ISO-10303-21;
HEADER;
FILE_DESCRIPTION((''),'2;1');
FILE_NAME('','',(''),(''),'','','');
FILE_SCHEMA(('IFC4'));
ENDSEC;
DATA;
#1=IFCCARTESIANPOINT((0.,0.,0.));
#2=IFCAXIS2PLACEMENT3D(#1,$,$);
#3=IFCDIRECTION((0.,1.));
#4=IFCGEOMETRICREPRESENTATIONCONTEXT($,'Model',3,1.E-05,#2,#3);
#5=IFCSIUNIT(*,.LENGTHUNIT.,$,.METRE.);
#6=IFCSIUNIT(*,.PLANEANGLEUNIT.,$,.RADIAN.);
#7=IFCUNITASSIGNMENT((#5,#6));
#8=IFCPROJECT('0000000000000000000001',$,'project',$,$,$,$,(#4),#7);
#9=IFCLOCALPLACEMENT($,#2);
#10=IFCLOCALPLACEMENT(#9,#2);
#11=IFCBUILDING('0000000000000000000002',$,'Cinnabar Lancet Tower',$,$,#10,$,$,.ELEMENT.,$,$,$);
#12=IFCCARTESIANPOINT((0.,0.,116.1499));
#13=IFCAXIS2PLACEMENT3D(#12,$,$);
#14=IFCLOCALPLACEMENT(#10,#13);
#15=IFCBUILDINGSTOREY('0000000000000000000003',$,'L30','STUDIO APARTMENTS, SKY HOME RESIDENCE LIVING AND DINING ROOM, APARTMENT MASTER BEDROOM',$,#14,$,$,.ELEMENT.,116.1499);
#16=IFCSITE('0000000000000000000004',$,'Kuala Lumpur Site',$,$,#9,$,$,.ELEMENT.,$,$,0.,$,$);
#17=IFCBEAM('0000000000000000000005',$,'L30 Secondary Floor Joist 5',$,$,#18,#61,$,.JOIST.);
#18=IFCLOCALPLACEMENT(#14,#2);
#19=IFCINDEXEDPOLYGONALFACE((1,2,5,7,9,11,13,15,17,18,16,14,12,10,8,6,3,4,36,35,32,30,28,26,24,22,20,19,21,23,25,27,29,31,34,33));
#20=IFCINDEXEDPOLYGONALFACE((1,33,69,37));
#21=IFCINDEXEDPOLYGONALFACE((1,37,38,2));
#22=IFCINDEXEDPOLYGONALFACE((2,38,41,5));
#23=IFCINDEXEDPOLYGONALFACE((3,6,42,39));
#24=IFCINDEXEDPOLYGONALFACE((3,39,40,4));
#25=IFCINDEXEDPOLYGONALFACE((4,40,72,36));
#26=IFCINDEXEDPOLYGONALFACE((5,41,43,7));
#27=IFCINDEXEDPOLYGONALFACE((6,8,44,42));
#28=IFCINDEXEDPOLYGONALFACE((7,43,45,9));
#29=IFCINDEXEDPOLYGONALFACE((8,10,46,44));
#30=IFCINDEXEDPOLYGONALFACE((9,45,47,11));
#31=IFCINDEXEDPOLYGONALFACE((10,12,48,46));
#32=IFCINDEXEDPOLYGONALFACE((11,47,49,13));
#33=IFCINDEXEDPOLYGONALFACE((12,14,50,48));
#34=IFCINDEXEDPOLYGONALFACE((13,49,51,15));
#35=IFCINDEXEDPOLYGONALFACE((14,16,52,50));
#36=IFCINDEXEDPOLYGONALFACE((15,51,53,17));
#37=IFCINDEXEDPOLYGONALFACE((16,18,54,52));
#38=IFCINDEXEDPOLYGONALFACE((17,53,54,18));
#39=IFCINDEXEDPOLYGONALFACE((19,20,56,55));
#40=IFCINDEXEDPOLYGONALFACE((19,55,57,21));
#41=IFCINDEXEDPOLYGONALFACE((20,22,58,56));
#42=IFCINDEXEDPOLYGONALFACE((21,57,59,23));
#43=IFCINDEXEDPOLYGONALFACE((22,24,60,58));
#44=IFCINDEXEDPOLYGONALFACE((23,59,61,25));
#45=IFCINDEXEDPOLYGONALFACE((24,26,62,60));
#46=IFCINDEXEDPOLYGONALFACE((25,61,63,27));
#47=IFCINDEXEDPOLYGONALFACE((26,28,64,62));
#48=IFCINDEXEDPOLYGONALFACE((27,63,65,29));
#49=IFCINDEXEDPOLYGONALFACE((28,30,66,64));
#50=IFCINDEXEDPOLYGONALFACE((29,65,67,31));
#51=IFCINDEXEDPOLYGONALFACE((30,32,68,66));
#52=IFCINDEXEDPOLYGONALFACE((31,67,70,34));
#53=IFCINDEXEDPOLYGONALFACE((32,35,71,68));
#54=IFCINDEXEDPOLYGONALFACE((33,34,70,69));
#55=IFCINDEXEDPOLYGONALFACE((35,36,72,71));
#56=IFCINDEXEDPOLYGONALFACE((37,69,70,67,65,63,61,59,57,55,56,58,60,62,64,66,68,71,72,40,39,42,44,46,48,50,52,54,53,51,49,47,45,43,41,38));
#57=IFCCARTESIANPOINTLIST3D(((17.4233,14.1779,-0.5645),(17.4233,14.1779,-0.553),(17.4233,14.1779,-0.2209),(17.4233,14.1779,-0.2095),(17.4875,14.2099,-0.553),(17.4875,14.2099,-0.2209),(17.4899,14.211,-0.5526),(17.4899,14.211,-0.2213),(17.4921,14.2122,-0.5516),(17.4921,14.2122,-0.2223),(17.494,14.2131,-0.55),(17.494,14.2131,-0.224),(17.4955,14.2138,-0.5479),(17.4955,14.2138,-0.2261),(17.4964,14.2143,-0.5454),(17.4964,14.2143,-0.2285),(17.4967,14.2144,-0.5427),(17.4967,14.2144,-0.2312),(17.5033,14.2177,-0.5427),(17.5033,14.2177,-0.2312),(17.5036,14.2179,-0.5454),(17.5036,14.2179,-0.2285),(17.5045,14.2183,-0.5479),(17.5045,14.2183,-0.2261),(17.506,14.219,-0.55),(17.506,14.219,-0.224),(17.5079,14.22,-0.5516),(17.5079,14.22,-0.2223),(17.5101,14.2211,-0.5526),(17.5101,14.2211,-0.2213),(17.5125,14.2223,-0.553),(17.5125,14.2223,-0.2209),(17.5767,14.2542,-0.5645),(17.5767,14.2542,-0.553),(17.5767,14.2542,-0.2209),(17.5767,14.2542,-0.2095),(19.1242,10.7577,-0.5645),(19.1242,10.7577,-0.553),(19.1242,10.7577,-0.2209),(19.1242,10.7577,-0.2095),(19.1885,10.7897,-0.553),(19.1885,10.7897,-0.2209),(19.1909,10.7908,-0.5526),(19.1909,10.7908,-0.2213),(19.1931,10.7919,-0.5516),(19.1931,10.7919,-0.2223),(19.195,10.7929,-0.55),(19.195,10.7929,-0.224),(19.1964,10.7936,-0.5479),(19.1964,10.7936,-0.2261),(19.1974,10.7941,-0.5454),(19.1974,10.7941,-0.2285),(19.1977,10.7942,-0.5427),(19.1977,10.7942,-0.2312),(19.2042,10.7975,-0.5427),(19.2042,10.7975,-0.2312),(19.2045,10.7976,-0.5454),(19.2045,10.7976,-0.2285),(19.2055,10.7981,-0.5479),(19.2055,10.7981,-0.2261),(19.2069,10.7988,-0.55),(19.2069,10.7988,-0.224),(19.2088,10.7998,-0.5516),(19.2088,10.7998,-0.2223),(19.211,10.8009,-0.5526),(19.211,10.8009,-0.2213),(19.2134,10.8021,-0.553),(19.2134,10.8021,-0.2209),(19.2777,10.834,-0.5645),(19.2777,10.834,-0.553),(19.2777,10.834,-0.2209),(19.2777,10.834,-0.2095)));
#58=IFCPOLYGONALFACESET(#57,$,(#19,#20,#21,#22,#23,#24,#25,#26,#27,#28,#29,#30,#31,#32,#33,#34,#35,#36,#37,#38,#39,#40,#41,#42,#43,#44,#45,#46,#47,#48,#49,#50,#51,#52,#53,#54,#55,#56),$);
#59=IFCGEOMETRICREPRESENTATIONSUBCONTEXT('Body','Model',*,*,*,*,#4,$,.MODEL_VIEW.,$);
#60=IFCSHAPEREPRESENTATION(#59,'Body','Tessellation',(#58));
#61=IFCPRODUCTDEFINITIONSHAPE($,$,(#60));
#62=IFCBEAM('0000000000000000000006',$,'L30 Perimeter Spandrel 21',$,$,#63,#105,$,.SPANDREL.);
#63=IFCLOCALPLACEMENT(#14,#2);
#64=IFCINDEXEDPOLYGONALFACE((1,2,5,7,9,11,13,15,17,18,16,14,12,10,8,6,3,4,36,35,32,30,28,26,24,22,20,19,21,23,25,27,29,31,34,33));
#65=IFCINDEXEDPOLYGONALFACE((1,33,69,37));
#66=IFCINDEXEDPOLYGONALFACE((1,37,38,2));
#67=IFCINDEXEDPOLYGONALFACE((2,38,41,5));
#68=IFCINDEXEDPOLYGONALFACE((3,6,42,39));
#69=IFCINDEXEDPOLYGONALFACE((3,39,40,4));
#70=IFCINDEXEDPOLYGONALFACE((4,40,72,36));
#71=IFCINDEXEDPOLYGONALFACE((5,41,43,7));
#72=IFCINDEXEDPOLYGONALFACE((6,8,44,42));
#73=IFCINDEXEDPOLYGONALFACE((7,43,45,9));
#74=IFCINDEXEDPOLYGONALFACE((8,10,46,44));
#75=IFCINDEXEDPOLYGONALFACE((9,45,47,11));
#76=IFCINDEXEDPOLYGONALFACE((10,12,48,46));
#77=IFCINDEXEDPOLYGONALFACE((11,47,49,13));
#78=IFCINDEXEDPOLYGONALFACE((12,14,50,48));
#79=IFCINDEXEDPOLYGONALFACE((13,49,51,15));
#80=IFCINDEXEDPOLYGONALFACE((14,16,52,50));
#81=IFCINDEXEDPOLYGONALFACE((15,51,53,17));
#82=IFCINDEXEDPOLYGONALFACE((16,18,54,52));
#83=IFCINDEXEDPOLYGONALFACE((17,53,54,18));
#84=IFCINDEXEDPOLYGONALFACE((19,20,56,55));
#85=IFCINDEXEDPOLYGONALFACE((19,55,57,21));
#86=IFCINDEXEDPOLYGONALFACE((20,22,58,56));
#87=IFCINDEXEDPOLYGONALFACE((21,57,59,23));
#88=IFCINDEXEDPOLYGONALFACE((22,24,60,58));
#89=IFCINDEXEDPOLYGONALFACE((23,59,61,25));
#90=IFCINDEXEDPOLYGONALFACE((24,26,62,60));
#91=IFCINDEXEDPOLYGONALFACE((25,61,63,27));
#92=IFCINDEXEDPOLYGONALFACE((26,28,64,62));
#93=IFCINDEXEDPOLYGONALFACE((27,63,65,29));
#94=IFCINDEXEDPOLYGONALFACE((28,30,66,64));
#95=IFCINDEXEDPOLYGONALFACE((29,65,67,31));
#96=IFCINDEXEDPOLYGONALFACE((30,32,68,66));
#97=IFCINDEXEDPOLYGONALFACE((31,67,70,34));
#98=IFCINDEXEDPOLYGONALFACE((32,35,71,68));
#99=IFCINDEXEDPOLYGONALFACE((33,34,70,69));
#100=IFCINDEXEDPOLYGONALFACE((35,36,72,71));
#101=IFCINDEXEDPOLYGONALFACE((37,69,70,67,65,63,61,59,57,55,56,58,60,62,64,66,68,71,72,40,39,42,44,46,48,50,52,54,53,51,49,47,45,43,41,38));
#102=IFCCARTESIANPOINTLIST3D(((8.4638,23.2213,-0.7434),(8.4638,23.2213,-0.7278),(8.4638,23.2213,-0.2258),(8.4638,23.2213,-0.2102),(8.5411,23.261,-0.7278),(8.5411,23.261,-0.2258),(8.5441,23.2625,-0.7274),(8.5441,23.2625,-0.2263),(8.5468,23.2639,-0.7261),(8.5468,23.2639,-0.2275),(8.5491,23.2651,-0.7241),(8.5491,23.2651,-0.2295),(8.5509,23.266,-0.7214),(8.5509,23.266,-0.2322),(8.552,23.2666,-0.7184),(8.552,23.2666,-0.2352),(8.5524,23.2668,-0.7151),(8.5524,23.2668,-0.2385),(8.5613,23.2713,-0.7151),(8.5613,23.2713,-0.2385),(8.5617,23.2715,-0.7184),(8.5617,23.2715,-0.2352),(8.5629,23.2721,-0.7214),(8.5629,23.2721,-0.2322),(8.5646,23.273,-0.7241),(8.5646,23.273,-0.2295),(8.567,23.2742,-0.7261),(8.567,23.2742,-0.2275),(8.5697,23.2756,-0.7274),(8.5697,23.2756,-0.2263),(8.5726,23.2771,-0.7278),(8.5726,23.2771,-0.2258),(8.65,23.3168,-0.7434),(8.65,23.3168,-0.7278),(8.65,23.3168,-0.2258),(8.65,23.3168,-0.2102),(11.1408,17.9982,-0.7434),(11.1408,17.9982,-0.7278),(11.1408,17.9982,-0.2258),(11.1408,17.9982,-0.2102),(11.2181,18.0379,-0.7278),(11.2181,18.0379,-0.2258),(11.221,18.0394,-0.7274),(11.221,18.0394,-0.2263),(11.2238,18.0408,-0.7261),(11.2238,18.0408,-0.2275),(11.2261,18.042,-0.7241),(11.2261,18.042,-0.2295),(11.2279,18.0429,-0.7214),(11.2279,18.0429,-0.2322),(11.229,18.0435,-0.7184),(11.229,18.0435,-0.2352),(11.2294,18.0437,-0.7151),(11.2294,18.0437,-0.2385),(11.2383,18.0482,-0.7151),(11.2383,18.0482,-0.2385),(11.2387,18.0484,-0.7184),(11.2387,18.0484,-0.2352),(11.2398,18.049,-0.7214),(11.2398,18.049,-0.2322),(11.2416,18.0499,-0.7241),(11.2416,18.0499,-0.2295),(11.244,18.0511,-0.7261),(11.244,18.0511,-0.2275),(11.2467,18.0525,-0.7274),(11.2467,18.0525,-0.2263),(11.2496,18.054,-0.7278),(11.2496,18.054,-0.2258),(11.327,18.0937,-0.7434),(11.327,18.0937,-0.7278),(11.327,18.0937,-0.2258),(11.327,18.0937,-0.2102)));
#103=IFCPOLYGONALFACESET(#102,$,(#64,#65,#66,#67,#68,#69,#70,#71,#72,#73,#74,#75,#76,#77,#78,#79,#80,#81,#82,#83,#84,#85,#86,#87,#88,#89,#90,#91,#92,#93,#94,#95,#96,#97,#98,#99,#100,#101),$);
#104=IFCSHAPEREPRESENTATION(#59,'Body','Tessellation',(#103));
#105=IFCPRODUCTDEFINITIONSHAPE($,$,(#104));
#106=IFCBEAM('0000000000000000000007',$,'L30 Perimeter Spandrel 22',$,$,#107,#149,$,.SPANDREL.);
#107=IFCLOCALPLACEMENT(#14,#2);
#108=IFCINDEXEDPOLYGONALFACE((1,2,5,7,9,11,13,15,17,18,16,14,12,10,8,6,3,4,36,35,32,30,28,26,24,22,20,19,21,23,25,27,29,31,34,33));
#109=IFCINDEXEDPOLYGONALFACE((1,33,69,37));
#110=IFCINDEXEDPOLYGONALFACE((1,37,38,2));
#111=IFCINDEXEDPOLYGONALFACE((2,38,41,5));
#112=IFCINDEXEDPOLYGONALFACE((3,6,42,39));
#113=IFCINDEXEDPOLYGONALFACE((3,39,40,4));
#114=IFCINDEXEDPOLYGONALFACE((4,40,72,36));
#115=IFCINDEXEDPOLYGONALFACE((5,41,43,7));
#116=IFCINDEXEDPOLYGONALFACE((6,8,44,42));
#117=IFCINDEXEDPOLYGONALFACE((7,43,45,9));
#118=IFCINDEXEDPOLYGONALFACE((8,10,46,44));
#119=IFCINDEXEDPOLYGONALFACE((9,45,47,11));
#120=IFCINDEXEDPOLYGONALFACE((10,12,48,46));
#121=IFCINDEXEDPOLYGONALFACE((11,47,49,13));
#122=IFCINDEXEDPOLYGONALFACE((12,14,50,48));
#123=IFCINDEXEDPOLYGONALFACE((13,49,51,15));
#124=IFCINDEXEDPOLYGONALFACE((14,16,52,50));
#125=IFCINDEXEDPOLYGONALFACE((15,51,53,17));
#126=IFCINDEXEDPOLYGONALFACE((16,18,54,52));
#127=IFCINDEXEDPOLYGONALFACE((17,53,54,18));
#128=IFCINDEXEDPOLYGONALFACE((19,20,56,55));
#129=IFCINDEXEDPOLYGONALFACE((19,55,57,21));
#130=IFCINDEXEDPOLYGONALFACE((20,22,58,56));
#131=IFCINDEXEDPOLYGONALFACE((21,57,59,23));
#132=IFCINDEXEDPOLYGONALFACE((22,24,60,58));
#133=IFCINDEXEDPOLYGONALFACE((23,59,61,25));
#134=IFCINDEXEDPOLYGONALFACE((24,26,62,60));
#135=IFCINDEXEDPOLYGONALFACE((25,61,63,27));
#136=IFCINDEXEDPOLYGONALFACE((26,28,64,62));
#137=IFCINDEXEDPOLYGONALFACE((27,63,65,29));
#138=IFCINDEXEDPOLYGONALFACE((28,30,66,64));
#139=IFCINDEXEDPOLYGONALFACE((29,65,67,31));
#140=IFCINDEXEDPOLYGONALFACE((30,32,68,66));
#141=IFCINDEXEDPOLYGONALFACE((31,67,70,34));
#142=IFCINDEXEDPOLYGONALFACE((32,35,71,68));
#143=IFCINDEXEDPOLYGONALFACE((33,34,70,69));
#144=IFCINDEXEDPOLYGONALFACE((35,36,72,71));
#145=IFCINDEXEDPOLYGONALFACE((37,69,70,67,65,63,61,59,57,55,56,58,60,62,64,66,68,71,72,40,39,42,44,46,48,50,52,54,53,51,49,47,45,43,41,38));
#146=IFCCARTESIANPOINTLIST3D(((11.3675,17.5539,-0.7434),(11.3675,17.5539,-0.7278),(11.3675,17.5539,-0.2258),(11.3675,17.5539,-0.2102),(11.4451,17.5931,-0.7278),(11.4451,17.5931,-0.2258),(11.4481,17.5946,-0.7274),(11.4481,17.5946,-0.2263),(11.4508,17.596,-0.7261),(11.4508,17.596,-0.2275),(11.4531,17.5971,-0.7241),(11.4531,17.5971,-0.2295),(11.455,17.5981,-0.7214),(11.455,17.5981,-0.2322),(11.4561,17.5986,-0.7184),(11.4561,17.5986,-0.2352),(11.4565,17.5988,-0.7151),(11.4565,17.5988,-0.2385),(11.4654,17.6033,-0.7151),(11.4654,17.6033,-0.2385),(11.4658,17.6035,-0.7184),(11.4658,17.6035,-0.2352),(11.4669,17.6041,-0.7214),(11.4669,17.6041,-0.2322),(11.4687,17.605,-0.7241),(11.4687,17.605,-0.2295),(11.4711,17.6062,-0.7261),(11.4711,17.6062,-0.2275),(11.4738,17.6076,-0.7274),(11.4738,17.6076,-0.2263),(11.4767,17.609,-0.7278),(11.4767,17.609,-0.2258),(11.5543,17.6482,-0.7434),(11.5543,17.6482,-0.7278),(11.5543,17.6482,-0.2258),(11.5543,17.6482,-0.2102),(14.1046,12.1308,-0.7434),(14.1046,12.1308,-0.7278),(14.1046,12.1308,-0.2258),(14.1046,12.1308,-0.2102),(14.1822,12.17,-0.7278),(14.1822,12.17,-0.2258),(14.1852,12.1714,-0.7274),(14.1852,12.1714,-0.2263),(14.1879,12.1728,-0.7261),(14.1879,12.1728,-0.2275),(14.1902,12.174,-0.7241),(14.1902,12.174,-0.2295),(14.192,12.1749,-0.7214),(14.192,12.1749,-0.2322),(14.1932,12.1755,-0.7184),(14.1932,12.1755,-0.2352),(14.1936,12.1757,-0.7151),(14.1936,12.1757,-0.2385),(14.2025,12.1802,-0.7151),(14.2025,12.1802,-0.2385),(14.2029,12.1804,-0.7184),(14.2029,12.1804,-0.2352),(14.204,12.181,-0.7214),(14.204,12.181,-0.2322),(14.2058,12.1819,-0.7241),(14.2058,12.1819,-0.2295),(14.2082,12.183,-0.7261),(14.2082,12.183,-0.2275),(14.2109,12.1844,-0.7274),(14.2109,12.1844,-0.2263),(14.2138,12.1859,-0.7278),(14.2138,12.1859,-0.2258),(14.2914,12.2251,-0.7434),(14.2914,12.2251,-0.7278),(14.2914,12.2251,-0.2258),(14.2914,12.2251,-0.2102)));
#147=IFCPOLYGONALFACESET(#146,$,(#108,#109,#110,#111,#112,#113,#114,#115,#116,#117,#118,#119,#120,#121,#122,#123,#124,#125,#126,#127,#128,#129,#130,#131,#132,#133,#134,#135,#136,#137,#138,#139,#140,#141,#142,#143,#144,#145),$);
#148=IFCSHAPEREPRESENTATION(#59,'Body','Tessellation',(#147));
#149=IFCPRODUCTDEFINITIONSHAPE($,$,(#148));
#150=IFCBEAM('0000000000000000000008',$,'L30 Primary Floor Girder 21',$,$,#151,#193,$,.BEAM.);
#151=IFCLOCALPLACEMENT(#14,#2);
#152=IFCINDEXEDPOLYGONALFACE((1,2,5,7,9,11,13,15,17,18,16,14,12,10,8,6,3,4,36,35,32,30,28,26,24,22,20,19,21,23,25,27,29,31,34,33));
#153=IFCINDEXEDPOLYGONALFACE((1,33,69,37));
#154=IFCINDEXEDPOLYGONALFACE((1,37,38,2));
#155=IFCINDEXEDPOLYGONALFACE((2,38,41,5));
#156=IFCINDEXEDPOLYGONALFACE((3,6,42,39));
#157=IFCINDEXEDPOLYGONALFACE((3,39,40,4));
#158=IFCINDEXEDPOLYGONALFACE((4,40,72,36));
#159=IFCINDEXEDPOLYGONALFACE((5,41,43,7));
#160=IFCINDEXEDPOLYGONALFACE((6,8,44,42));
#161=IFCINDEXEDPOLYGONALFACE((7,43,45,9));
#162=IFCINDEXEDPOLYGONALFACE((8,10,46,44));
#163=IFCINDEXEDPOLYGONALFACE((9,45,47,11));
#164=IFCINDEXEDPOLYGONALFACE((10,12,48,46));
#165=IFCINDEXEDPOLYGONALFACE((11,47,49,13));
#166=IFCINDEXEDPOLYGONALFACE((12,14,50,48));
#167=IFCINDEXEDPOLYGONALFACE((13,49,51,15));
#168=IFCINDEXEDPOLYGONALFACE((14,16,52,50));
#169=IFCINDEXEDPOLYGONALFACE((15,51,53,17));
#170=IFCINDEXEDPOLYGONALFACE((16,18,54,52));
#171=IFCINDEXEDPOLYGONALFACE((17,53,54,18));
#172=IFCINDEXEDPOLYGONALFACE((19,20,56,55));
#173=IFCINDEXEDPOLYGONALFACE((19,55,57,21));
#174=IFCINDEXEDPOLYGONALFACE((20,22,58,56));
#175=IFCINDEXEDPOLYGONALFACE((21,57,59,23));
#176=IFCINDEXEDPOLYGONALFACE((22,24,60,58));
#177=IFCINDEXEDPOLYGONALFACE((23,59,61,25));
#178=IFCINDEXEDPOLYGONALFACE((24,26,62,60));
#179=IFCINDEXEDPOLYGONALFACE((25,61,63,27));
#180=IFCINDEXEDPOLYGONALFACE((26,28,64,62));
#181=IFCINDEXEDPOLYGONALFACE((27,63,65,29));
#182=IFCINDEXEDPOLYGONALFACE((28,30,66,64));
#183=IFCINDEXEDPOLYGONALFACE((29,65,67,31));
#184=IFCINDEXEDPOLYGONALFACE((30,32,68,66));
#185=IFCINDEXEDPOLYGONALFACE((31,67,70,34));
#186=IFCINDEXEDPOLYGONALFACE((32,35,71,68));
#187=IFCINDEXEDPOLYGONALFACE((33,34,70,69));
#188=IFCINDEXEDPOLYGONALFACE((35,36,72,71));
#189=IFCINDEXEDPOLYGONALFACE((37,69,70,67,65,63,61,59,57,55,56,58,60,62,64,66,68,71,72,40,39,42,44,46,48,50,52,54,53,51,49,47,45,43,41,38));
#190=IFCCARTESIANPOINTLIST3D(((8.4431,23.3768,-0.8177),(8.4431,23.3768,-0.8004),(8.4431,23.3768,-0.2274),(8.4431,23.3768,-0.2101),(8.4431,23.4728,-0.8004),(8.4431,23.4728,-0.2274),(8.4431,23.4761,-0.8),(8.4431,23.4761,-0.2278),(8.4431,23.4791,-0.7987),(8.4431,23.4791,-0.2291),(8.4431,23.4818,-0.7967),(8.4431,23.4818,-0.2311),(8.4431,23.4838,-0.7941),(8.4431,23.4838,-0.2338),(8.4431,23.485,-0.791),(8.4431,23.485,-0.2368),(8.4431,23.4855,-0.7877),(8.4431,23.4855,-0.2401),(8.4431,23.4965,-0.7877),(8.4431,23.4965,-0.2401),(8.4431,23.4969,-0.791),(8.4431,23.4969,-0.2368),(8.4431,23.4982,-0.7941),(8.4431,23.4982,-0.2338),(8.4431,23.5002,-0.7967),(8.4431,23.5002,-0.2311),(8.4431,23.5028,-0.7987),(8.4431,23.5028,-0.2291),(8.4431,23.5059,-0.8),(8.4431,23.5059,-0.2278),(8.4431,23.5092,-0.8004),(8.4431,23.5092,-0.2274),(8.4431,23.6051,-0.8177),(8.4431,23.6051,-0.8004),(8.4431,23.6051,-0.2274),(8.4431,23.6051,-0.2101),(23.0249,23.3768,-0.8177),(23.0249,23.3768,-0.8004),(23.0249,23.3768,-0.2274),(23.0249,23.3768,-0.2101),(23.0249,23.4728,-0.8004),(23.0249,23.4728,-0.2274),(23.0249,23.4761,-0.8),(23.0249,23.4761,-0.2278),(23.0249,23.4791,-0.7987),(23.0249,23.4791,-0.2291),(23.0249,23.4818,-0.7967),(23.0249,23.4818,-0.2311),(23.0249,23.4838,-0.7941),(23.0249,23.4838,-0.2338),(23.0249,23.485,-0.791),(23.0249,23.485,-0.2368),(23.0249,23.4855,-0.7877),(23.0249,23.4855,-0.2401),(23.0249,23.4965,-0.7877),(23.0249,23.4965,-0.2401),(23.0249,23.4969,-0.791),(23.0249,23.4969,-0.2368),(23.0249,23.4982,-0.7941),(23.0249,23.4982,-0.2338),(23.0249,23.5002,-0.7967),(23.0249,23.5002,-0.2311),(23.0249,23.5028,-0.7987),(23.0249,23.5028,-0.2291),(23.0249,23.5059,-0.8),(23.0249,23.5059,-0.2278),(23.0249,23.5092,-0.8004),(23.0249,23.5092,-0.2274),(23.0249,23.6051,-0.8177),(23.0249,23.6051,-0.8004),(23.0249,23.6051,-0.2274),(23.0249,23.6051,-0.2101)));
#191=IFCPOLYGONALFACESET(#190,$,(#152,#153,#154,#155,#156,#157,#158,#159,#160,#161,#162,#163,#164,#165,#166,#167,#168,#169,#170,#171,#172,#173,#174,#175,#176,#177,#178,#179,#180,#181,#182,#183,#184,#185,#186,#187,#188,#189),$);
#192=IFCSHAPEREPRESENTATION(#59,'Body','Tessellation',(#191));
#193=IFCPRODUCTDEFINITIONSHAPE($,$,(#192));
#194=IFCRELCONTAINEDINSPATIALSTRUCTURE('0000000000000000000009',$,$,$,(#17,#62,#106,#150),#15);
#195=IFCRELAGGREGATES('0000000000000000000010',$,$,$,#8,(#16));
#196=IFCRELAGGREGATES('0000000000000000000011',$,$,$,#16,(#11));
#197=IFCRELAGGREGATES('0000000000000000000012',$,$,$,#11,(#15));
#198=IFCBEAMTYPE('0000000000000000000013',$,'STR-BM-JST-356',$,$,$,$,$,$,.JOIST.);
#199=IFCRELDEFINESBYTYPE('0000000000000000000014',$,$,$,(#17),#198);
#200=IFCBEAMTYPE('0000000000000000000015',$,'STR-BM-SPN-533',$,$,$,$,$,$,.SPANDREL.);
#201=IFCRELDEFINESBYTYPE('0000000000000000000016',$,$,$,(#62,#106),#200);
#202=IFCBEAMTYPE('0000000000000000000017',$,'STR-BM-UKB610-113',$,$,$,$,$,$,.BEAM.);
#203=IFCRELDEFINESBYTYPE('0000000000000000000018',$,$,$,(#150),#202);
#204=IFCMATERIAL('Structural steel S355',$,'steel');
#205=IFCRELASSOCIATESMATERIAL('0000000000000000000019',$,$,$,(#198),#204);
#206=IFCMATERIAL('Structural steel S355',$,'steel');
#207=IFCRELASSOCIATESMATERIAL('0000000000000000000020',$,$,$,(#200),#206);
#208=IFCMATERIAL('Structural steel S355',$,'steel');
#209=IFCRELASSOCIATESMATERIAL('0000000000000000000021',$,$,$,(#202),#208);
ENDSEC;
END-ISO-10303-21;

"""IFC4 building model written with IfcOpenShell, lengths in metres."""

from ifc_helpers import new_model, si_unit, direction, frame, origin, origin_2d, place, context, subcontext, project, spatial, i_section, extrude, material, material_profile, profile_set, type_object, element, save


model = new_model("IFC4")

# Units and contexts
model_context = context("Model", 3, precision=1e-05, world=origin(), true_north=direction((0.0, 1.0)))
body_context = subcontext(model_context, "Body", "Model", "MODEL_VIEW")
ifc_project = project(units=[si_unit("LENGTHUNIT", "METRE"), si_unit("PLANEANGLEUNIT", "RADIAN")], contexts=[model_context])

# Site, building, storey
site_placement = place(None, origin())
site = spatial("IfcSite", under=ifc_project, at=site_placement, Name="Kuala Lumpur Site", CompositionType="ELEMENT", RefElevation=0.0)
building_placement = place(site_placement, origin())
building = spatial("IfcBuilding", under=site, at=building_placement, Name="Cinnabar Lancet Tower", CompositionType="ELEMENT")
storey_placement = place(building_placement, frame((0.0, 0.0, 116.1499)))
storey = spatial("IfcBuildingStorey", under=building, at=storey_placement, Name="L30", Description="STUDIO APARTMENTS, SKY HOME RESIDENCE LIVING AND DINING ROOM, APARTMENT MASTER BEDROOM", CompositionType="ELEMENT", Elevation=116.1499)

# Beams
ifc_material_1 = material(Name="Structural steel S355", Category="steel")
ifc_material_profile_1 = material_profile(ifc_material_1, i_section(OverallWidth=0.1714, OverallDepth=0.355, WebThickness=0.0073, FlangeThickness=0.0115, FilletRadius=0.0103, at=origin_2d()), Name="UKB 356x171x51")
ifc_profile_set_1 = profile_set([ifc_material_profile_1], Name="Structural steel S355")
beam_type_1 = type_object("IfcBeamType", Name="STR-BM-JST-356", PredefinedType="JOIST", material=ifc_profile_set_1)
beam_1_placement = place(storey_placement, frame((17.5, 14.2161, -0.387), z_axis=(0.445295, -0.895384, 0.0), x_axis=(0.895384, 0.445295, 0.0)))
element("IfcBeam", 1, at=beam_1_placement, inside=storey, type_object=beam_type_1, Name="L30 Secondary Floor Joist 5", PredefinedType="JOIST", context=body_context, shape_type="SweptSolid", body=[
    extrude(i_section(OverallWidth=0.1714, OverallDepth=0.355, WebThickness=0.0073, FlangeThickness=0.0115, FilletRadius=0.0103, at=origin_2d()), origin(), (0.0, 0.0, 1.0), 3.8198),
])
ifc_material_2 = material(Name="Structural steel S355", Category="steel")
ifc_material_profile_2 = material_profile(ifc_material_2, i_section(OverallWidth=0.2092, OverallDepth=0.5332, WebThickness=0.01, FlangeThickness=0.0156, FilletRadius=0.0127, at=origin_2d()), Name="UKB 533x210x92")
ifc_profile_set_2 = profile_set([ifc_material_profile_2], Name="Structural steel S355")
beam_type_2 = type_object("IfcBeamType", Name="STR-BM-SPN-533", PredefinedType="SPANDREL", material=ifc_profile_set_2)
beam_2_placement = place(storey_placement, frame((8.5569, 23.269, -0.4768), z_axis=(0.45611, -0.889924, 0.0), x_axis=(0.889924, 0.45611, 0.0)))
element("IfcBeam", 2, at=beam_2_placement, inside=storey, type_object=beam_type_2, Name="L30 Perimeter Spandrel 21", PredefinedType="SPANDREL", context=body_context, shape_type="SweptSolid", body=[
    extrude(i_section(OverallWidth=0.2092, OverallDepth=0.5332, WebThickness=0.01, FlangeThickness=0.0156, FilletRadius=0.0127, at=origin_2d()), origin(), (0.0, 0.0, 1.0), 5.8691),
])
beam_3_placement = place(storey_placement, frame((11.4609, 17.6011, -0.4768), z_axis=(0.45057, -0.892741, 0.0), x_axis=(0.892741, 0.45057, 0.0)))
element("IfcBeam", 3, at=beam_3_placement, inside=storey, type_object=beam_type_2, Name="L30 Perimeter Spandrel 22", PredefinedType="SPANDREL", context=body_context, shape_type="SweptSolid", body=[
    extrude(i_section(OverallWidth=0.2092, OverallDepth=0.5332, WebThickness=0.01, FlangeThickness=0.0156, FilletRadius=0.0127, at=origin_2d()), origin(), (0.0, 0.0, 1.0), 6.0747),
])
ifc_material_3 = material(Name="Structural steel S355", Category="steel")
ifc_material_profile_3 = material_profile(ifc_material_3, i_section(OverallWidth=0.2283, OverallDepth=0.6077, WebThickness=0.011, FlangeThickness=0.0173, FilletRadius=0.0127, at=origin_2d()), Name="UKB 610x229x113")
ifc_profile_set_3 = profile_set([ifc_material_profile_3], Name="Structural steel S355")
beam_type_3 = type_object("IfcBeamType", Name="STR-BM-UKB610-113", PredefinedType="BEAM", material=ifc_profile_set_3)
beam_4_placement = place(storey_placement, frame((8.4431, 23.491, -0.5139), z_axis=(1.0, 0.0, 0.0), x_axis=(0.0, 1.0, 0.0)))
element("IfcBeam", 4, at=beam_4_placement, inside=storey, type_object=beam_type_3, Name="L30 Primary Floor Girder 21", PredefinedType="BEAM", context=body_context, shape_type="SweptSolid", body=[
    extrude(i_section(OverallWidth=0.2283, OverallDepth=0.6077, WebThickness=0.011, FlangeThickness=0.0173, FilletRadius=0.0127, at=origin_2d()), origin(), (0.0, 0.0, 1.0), 14.5818),
])

save(model, "model.ifc")
